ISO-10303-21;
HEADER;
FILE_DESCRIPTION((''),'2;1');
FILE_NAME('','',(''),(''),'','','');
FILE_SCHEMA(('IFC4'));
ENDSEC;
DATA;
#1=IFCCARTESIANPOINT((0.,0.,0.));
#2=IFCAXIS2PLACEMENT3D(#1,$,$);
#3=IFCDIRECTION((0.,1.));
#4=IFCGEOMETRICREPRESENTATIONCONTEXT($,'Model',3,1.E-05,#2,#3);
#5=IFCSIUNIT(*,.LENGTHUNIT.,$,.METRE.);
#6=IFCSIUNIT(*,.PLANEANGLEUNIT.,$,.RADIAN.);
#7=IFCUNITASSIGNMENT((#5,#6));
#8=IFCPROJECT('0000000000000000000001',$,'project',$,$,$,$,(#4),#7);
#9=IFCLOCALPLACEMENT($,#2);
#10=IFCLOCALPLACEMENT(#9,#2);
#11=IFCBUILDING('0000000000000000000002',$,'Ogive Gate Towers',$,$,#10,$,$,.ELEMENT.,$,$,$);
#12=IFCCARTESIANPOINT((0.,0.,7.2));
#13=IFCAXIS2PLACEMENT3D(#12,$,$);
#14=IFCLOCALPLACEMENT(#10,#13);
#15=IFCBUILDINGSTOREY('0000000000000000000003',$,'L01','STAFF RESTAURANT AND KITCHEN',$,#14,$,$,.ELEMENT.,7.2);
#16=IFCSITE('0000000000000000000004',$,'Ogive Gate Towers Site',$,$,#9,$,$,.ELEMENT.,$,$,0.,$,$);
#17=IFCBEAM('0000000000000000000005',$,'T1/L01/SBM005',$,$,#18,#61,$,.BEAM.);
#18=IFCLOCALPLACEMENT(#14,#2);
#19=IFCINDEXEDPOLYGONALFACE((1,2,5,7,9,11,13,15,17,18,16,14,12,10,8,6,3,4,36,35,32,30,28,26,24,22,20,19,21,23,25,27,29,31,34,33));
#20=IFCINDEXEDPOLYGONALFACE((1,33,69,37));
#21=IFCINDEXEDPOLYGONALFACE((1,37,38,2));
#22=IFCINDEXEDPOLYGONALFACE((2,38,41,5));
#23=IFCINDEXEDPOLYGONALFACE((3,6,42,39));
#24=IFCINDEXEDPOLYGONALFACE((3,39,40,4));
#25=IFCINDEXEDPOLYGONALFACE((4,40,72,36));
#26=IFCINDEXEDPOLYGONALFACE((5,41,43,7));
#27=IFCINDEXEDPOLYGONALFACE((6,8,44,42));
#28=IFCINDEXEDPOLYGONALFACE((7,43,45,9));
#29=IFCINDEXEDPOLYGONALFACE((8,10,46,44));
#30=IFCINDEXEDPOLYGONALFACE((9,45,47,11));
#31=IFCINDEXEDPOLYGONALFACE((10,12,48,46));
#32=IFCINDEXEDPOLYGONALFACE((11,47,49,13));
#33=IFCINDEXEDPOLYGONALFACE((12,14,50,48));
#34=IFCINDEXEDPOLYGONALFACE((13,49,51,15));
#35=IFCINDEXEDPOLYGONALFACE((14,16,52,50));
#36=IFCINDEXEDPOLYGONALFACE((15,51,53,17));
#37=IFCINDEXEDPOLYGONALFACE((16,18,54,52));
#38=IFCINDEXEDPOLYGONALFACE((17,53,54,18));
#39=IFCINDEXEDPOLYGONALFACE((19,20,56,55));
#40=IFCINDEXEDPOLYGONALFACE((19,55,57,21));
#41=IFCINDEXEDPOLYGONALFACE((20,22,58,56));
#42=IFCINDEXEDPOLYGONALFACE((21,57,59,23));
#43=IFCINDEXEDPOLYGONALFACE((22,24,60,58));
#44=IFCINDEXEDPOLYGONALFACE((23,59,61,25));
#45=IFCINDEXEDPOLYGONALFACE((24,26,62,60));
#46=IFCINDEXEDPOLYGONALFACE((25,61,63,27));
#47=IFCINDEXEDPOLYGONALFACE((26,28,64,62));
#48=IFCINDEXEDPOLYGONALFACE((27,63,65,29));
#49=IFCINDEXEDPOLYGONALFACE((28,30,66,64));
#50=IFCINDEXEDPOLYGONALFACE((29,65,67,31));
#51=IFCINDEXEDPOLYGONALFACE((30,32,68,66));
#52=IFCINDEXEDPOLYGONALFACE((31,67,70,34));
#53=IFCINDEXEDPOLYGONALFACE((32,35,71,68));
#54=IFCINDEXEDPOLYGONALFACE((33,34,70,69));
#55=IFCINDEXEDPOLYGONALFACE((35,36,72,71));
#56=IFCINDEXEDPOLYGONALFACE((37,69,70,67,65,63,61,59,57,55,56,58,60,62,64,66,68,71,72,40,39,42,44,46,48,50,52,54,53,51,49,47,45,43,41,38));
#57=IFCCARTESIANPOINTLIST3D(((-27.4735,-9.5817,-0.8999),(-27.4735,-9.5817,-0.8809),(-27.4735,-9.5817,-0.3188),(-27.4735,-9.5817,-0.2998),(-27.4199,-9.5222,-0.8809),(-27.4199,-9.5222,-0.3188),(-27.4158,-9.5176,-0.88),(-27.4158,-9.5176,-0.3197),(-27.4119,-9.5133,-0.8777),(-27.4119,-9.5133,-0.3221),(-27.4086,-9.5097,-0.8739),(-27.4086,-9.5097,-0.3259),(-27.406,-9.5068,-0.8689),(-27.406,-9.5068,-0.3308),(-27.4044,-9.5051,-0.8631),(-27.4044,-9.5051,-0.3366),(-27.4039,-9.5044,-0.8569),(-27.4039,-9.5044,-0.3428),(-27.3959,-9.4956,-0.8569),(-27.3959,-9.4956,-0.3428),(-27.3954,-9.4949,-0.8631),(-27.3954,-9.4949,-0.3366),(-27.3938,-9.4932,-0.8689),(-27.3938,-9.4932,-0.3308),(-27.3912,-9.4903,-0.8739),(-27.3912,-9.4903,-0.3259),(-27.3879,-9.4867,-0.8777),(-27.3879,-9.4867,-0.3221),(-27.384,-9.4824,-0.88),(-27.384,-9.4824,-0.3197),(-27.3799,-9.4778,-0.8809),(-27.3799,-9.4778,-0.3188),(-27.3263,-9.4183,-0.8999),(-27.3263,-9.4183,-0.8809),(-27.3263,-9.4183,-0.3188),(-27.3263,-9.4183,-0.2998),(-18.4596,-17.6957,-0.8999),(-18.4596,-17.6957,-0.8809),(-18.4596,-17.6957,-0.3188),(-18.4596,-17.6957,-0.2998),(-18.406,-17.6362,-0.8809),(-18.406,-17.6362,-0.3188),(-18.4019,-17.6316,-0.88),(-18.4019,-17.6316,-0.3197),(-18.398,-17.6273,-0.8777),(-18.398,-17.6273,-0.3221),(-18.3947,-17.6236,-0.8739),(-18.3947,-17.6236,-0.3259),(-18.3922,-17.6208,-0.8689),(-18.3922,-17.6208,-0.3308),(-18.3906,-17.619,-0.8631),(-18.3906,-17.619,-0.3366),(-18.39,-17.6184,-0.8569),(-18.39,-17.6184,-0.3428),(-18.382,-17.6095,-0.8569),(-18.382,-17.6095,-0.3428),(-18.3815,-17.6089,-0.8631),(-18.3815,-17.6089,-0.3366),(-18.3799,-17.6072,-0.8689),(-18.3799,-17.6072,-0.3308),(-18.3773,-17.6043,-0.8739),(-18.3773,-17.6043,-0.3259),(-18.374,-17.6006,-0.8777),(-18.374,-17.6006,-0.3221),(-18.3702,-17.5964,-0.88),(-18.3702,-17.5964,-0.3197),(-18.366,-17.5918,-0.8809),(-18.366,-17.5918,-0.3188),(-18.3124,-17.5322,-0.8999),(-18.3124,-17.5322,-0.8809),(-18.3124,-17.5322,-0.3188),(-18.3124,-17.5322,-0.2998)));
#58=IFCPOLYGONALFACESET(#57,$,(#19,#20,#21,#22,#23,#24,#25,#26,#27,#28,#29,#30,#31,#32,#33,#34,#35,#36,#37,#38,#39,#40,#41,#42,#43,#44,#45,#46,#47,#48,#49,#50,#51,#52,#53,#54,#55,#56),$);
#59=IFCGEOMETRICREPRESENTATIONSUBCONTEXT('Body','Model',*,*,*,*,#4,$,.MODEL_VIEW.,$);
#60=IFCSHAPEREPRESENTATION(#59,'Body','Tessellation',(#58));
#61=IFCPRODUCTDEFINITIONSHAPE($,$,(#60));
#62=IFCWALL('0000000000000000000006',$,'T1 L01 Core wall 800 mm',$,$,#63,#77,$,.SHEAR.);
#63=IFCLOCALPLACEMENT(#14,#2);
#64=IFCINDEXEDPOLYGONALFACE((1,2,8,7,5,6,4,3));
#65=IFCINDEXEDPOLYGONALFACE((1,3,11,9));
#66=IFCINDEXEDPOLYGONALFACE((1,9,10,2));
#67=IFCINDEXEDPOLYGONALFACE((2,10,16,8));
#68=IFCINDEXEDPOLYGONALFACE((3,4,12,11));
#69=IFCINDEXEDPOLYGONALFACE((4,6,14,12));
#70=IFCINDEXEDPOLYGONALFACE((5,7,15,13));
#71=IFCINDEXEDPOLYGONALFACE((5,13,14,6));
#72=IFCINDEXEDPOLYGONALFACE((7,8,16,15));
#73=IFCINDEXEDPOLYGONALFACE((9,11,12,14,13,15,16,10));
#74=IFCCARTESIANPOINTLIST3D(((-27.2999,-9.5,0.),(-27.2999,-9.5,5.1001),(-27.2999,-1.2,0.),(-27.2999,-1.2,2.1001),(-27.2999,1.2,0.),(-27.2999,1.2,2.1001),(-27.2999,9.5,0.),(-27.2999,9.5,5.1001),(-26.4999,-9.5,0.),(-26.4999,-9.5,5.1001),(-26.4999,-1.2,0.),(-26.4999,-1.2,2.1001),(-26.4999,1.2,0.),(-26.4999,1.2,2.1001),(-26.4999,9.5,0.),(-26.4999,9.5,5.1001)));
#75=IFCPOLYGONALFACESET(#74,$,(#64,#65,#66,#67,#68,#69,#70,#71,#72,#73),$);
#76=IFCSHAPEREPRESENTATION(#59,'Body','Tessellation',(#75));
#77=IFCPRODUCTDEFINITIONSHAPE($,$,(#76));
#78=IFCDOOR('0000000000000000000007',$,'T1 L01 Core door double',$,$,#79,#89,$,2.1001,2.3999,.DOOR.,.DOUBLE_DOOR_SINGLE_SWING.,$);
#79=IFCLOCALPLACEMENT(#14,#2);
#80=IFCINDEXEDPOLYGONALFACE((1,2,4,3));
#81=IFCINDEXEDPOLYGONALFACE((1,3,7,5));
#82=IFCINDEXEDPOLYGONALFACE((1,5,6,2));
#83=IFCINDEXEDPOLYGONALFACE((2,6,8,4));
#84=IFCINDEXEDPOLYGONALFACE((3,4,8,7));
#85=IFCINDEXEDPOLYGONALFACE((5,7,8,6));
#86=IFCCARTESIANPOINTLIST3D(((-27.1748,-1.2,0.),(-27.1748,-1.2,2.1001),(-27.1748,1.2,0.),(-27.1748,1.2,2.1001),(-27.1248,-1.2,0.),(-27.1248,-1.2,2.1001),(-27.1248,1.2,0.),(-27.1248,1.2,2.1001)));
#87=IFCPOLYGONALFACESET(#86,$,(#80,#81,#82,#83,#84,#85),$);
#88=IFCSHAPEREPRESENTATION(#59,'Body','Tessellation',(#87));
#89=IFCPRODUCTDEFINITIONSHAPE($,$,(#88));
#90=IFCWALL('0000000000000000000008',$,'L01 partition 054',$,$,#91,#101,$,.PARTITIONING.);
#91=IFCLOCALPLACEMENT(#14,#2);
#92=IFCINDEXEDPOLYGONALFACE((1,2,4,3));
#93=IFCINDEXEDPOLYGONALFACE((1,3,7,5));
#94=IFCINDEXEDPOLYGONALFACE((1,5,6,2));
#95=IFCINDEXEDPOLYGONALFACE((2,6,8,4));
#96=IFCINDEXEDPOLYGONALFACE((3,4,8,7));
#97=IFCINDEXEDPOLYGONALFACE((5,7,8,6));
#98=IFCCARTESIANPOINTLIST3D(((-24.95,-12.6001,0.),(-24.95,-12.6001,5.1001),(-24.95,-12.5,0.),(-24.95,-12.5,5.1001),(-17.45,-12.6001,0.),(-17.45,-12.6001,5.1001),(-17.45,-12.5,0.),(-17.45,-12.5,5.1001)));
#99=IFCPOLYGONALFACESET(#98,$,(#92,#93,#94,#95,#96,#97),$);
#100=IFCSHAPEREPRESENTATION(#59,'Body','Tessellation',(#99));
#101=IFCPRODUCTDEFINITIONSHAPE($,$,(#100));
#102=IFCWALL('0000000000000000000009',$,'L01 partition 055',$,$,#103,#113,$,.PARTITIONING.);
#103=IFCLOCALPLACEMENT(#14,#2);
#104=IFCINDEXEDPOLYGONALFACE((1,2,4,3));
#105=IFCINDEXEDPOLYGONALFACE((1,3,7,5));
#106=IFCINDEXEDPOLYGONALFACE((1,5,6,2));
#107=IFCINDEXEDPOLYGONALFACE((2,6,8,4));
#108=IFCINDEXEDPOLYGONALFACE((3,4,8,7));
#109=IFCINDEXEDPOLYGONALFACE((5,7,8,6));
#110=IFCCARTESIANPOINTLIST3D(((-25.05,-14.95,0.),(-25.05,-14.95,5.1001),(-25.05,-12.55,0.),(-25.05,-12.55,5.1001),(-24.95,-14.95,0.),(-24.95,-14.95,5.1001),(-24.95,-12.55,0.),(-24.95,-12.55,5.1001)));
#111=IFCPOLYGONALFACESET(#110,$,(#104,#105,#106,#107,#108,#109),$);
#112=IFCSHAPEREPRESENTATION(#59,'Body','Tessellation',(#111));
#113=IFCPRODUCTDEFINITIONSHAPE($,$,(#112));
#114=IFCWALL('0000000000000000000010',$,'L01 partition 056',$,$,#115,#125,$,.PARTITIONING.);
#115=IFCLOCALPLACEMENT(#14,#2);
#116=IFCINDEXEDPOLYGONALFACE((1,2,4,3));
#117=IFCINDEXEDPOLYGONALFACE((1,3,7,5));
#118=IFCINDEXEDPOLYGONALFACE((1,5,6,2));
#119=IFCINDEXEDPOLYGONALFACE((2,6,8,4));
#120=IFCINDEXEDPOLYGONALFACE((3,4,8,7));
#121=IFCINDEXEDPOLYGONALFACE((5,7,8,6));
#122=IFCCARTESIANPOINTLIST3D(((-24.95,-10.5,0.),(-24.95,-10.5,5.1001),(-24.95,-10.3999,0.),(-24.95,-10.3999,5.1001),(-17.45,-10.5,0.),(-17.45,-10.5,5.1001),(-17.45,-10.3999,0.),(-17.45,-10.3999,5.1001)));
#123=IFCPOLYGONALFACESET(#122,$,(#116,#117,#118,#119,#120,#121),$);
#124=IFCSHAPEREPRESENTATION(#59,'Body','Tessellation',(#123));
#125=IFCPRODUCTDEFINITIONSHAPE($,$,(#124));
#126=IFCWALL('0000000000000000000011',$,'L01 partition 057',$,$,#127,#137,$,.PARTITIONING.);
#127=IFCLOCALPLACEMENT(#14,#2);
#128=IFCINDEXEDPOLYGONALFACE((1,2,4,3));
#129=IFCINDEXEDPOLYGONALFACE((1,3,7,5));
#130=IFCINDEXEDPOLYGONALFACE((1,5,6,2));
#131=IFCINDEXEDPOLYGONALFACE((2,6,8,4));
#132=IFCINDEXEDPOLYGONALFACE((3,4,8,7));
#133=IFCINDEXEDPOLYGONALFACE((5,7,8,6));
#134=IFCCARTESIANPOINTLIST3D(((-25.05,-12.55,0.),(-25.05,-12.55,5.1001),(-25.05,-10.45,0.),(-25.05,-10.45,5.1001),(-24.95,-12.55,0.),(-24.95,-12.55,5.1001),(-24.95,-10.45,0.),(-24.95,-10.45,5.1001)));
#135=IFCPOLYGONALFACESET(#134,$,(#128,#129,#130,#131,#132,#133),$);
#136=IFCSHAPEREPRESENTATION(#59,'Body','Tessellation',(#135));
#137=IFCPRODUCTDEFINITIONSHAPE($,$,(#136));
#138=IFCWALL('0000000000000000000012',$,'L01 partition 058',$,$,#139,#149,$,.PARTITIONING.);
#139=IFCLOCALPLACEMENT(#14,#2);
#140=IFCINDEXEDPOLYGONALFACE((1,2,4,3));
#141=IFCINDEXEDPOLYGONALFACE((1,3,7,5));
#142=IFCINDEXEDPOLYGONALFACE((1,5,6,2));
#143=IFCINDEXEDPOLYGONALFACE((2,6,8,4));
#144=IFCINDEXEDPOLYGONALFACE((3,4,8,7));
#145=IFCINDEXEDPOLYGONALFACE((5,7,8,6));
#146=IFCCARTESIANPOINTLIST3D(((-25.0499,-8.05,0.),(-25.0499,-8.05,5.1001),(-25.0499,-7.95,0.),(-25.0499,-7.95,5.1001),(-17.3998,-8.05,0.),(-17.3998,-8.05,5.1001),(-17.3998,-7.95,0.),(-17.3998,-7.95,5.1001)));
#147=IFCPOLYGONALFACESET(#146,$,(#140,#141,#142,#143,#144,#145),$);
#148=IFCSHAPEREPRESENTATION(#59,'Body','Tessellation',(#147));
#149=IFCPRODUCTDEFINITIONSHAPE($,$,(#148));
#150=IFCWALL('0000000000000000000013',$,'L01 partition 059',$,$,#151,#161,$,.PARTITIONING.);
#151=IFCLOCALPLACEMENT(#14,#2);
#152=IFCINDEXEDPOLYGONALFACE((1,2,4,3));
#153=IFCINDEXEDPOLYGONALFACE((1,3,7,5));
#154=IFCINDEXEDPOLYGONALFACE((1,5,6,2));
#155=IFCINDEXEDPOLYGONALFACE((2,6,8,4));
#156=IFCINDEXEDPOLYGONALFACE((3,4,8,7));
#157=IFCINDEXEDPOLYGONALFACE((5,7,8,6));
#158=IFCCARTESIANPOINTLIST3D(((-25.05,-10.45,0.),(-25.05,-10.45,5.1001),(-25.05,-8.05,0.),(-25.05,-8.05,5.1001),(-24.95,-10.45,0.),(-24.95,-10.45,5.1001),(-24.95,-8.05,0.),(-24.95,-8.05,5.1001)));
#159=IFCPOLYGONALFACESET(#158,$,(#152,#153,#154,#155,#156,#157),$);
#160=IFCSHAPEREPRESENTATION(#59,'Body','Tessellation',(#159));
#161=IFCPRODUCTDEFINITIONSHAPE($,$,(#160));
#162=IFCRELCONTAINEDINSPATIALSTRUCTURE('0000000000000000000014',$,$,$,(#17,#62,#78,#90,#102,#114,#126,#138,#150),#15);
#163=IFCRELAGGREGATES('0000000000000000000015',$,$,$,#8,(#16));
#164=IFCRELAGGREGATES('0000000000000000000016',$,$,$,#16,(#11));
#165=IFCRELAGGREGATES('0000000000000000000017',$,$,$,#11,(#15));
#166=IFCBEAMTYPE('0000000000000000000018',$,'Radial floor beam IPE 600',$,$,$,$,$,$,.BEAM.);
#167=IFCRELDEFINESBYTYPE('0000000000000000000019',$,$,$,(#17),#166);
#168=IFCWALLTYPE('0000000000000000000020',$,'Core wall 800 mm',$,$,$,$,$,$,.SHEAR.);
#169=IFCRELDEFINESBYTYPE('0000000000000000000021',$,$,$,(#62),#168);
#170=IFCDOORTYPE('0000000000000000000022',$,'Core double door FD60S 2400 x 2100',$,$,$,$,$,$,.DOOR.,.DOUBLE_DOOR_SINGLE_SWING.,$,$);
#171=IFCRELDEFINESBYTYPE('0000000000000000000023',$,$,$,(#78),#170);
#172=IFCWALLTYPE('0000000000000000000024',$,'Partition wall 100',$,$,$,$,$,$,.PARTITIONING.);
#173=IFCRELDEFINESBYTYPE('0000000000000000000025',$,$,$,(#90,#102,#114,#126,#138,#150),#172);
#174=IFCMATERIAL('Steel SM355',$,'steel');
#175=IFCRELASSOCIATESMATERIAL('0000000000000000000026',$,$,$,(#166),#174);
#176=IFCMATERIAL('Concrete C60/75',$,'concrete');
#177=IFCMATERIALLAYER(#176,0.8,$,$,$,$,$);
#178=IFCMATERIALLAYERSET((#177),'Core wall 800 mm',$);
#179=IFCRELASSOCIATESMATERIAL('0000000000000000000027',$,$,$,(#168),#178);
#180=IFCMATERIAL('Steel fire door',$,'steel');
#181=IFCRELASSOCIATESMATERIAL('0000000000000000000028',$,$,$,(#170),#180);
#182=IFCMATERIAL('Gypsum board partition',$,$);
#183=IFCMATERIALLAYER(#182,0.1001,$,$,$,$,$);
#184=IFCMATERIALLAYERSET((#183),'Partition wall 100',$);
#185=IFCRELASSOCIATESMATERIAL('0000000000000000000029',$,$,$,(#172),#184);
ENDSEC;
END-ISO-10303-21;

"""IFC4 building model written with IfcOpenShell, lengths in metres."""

from ifc_helpers import new_model, si_unit, direction, frame, frame_2d, origin, origin_2d, place, context, subcontext, project, spatial, rectangle, i_section, extrude, material, layer, layer_set, material_profile, profile_set, type_object, element, fill, save


model = new_model("IFC4")

# Units and contexts
model_context = context("Model", 3, precision=1e-05, world=origin(), true_north=direction((0.0, 1.0)))
body_context = subcontext(model_context, "Body", "Model", "MODEL_VIEW")
ifc_project = project(units=[si_unit("LENGTHUNIT", "METRE"), si_unit("PLANEANGLEUNIT", "RADIAN")], contexts=[model_context])

# Site, building, storey
site_placement = place(None, origin())
site = spatial("IfcSite", under=ifc_project, at=site_placement, Name="Ogive Gate Towers Site", CompositionType="ELEMENT", RefElevation=0.0)
building_placement = place(site_placement, origin())
building = spatial("IfcBuilding", under=site, at=building_placement, Name="Ogive Gate Towers", CompositionType="ELEMENT")
storey_placement = place(building_placement, frame((0.0, 0.0, 7.2)))
storey = spatial("IfcBuildingStorey", under=building, at=storey_placement, Name="L01", Description="STAFF RESTAURANT AND KITCHEN", CompositionType="ELEMENT", Elevation=7.2)

# Beam
ifc_material_1 = material(Name="Steel SM355", Category="steel")
ifc_material_profile_1 = material_profile(ifc_material_1, i_section(OverallWidth=0.22, OverallDepth=0.6001, WebThickness=0.012, FlangeThickness=0.019, FilletRadius=0.0239, at=origin_2d()), Name="IPE 600")
ifc_profile_set_1 = profile_set([ifc_material_profile_1], Name="Steel SM355")
beam_type_1 = type_object("IfcBeamType", Name="Radial floor beam IPE 600", PredefinedType="BEAM", material=ifc_profile_set_1)
beam_1_placement = place(storey_placement, frame((-27.3999, -9.5, -0.5999), z_axis=(0.743233, -0.669033, 0.0), x_axis=(0.669033, 0.743233, 0.0)))
element("IfcBeam", 1, at=beam_1_placement, inside=storey, type_object=beam_type_1, Name="T1/L01/SBM005", PredefinedType="BEAM", context=body_context, shape_type="SweptSolid", body=[
    extrude(i_section(OverallWidth=0.22, OverallDepth=0.6001, WebThickness=0.012, FlangeThickness=0.019, FilletRadius=0.0239, at=origin_2d()), origin(), (0.0, 0.0, 1.0), 12.1279),
])

# Wall, opening, door
ifc_material_2 = material(Name="Concrete C60/75", Category="concrete")
ifc_layer_1 = layer(ifc_material_2, 0.8)
ifc_layer_set_1 = layer_set([ifc_layer_1], Name="Core wall 800 mm")
wall_type_1 = type_object("IfcWallType", Name="Core wall 800 mm", PredefinedType="SHEAR", material=ifc_layer_set_1)
wall_1_placement = place(storey_placement, frame((-26.8999, -9.5, 0.0), z_axis=(0.0, 0.0, 1.0), x_axis=(0.0, 1.0, 0.0)))
wall_1 = element("IfcWall", 2, at=wall_1_placement, inside=storey, type_object=wall_type_1, Name="T1 L01 Core wall 800 mm", PredefinedType="SHEAR", context=body_context, shape_type="SweptSolid", body=[
    extrude(rectangle(XDim=19.0, YDim=0.8, at=frame_2d((9.5, 0.0))), origin(), (0.0, 0.0, 1.0), 5.1001),
])
opening_1_placement = place(wall_1_placement, frame((8.3, 0.0, 0.0)))
opening_1 = element("IfcOpeningElement", 3, at=opening_1_placement, cuts=wall_1, PredefinedType="OPENING", context=body_context, shape_type="SweptSolid", body=[
    extrude(rectangle(XDim=2.3999, YDim=2.1001, at=frame_2d((1.2, 1.05))), frame((0.0, 0.4102, 0.0), z_axis=(0.0, -1.0, 0.0), x_axis=(1.0, 0.0, 0.0)), (0.0, 0.0, 1.0), 0.8201),
])
ifc_material_3 = material(Name="Steel fire door", Category="steel")
door_type_1 = type_object("IfcDoorType", Name="Core double door FD60S 2400 x 2100", OperationType="DOUBLE_DOOR_SINGLE_SWING", PredefinedType="DOOR", material=ifc_material_3)
door_1_placement = place(opening_1_placement, origin())
door_1 = element("IfcDoor", 4, at=door_1_placement, inside=storey, type_object=door_type_1, Name="T1 L01 Core door double", OperationType="DOUBLE_DOOR_SINGLE_SWING", OverallHeight=2.1001, OverallWidth=2.3999, PredefinedType="DOOR", context=body_context, shape_type="SweptSolid", body=[
    extrude(rectangle(XDim=2.3999, YDim=2.1001, at=frame_2d((1.2, 1.05))), frame((0.0, 0.2749, 0.0), z_axis=(0.0, -1.0, 0.0), x_axis=(1.0, 0.0, 0.0)), (0.0, 0.0, 1.0), 0.05),
])
fill(opening_1, door_1)

# Walls
ifc_material_4 = material(Name="Gypsum board partition")
ifc_layer_2 = layer(ifc_material_4, 0.1001)
ifc_layer_set_2 = layer_set([ifc_layer_2], Name="Partition wall 100")
wall_type_2 = type_object("IfcWallType", Name="Partition wall 100", PredefinedType="PARTITIONING", material=ifc_layer_set_2)
wall_2_placement = place(storey_placement, frame((-24.95, -12.55, 0.0), z_axis=(0.0, 0.0, 1.0), x_axis=(1.0, 0.0, 0.0)))
element("IfcWall", 5, at=wall_2_placement, inside=storey, type_object=wall_type_2, Name="L01 partition 054", PredefinedType="PARTITIONING", context=body_context, shape_type="SweptSolid", body=[
    extrude(rectangle(XDim=7.5, YDim=0.1001, at=frame_2d((3.75, 0.0))), origin(), (0.0, 0.0, 1.0), 5.1001),
])
wall_3_placement = place(storey_placement, frame((-25.0, -14.95, 0.0), z_axis=(0.0, 0.0, 1.0), x_axis=(0.0, 1.0, 0.0)))
element("IfcWall", 6, at=wall_3_placement, inside=storey, type_object=wall_type_2, Name="L01 partition 055", PredefinedType="PARTITIONING", context=body_context, shape_type="SweptSolid", body=[
    extrude(rectangle(XDim=2.3999, YDim=0.1001, at=frame_2d((1.2, 0.0))), origin(), (0.0, 0.0, 1.0), 5.1001),
])
wall_4_placement = place(storey_placement, frame((-24.95, -10.45, 0.0), z_axis=(0.0, 0.0, 1.0), x_axis=(1.0, 0.0, 0.0)))
element("IfcWall", 7, at=wall_4_placement, inside=storey, type_object=wall_type_2, Name="L01 partition 056", PredefinedType="PARTITIONING", context=body_context, shape_type="SweptSolid", body=[
    extrude(rectangle(XDim=7.5, YDim=0.1001, at=frame_2d((3.75, 0.0))), origin(), (0.0, 0.0, 1.0), 5.1001),
])
wall_5_placement = place(storey_placement, frame((-25.0, -12.55, 0.0), z_axis=(0.0, 0.0, 1.0), x_axis=(0.0, 1.0, 0.0)))
element("IfcWall", 8, at=wall_5_placement, inside=storey, type_object=wall_type_2, Name="L01 partition 057", PredefinedType="PARTITIONING", context=body_context, shape_type="SweptSolid", body=[
    extrude(rectangle(XDim=2.1001, YDim=0.1001, at=frame_2d((1.05, 0.0))), origin(), (0.0, 0.0, 1.0), 5.1001),
])
wall_6_placement = place(storey_placement, frame((-25.05, -8.0, 0.0), z_axis=(0.0, 0.0, 1.0), x_axis=(1.0, 0.0, 0.0)))
element("IfcWall", 9, at=wall_6_placement, inside=storey, type_object=wall_type_2, Name="L01 partition 058", PredefinedType="PARTITIONING", context=body_context, shape_type="SweptSolid", body=[
    extrude(rectangle(XDim=7.6501, YDim=0.1001, at=frame_2d((3.8252, 0.0))), origin(), (0.0, 0.0, 1.0), 5.1001),
])
wall_7_placement = place(storey_placement, frame((-25.0, -10.45, 0.0), z_axis=(0.0, 0.0, 1.0), x_axis=(0.0, 1.0, 0.0)))
element("IfcWall", 10, at=wall_7_placement, inside=storey, type_object=wall_type_2, Name="L01 partition 059", PredefinedType="PARTITIONING", context=body_context, shape_type="SweptSolid", body=[
    extrude(rectangle(XDim=2.3999, YDim=0.1001, at=frame_2d((1.2, 0.0))), origin(), (0.0, 0.0, 1.0), 5.1001),
])

save(model, "model.ifc")
